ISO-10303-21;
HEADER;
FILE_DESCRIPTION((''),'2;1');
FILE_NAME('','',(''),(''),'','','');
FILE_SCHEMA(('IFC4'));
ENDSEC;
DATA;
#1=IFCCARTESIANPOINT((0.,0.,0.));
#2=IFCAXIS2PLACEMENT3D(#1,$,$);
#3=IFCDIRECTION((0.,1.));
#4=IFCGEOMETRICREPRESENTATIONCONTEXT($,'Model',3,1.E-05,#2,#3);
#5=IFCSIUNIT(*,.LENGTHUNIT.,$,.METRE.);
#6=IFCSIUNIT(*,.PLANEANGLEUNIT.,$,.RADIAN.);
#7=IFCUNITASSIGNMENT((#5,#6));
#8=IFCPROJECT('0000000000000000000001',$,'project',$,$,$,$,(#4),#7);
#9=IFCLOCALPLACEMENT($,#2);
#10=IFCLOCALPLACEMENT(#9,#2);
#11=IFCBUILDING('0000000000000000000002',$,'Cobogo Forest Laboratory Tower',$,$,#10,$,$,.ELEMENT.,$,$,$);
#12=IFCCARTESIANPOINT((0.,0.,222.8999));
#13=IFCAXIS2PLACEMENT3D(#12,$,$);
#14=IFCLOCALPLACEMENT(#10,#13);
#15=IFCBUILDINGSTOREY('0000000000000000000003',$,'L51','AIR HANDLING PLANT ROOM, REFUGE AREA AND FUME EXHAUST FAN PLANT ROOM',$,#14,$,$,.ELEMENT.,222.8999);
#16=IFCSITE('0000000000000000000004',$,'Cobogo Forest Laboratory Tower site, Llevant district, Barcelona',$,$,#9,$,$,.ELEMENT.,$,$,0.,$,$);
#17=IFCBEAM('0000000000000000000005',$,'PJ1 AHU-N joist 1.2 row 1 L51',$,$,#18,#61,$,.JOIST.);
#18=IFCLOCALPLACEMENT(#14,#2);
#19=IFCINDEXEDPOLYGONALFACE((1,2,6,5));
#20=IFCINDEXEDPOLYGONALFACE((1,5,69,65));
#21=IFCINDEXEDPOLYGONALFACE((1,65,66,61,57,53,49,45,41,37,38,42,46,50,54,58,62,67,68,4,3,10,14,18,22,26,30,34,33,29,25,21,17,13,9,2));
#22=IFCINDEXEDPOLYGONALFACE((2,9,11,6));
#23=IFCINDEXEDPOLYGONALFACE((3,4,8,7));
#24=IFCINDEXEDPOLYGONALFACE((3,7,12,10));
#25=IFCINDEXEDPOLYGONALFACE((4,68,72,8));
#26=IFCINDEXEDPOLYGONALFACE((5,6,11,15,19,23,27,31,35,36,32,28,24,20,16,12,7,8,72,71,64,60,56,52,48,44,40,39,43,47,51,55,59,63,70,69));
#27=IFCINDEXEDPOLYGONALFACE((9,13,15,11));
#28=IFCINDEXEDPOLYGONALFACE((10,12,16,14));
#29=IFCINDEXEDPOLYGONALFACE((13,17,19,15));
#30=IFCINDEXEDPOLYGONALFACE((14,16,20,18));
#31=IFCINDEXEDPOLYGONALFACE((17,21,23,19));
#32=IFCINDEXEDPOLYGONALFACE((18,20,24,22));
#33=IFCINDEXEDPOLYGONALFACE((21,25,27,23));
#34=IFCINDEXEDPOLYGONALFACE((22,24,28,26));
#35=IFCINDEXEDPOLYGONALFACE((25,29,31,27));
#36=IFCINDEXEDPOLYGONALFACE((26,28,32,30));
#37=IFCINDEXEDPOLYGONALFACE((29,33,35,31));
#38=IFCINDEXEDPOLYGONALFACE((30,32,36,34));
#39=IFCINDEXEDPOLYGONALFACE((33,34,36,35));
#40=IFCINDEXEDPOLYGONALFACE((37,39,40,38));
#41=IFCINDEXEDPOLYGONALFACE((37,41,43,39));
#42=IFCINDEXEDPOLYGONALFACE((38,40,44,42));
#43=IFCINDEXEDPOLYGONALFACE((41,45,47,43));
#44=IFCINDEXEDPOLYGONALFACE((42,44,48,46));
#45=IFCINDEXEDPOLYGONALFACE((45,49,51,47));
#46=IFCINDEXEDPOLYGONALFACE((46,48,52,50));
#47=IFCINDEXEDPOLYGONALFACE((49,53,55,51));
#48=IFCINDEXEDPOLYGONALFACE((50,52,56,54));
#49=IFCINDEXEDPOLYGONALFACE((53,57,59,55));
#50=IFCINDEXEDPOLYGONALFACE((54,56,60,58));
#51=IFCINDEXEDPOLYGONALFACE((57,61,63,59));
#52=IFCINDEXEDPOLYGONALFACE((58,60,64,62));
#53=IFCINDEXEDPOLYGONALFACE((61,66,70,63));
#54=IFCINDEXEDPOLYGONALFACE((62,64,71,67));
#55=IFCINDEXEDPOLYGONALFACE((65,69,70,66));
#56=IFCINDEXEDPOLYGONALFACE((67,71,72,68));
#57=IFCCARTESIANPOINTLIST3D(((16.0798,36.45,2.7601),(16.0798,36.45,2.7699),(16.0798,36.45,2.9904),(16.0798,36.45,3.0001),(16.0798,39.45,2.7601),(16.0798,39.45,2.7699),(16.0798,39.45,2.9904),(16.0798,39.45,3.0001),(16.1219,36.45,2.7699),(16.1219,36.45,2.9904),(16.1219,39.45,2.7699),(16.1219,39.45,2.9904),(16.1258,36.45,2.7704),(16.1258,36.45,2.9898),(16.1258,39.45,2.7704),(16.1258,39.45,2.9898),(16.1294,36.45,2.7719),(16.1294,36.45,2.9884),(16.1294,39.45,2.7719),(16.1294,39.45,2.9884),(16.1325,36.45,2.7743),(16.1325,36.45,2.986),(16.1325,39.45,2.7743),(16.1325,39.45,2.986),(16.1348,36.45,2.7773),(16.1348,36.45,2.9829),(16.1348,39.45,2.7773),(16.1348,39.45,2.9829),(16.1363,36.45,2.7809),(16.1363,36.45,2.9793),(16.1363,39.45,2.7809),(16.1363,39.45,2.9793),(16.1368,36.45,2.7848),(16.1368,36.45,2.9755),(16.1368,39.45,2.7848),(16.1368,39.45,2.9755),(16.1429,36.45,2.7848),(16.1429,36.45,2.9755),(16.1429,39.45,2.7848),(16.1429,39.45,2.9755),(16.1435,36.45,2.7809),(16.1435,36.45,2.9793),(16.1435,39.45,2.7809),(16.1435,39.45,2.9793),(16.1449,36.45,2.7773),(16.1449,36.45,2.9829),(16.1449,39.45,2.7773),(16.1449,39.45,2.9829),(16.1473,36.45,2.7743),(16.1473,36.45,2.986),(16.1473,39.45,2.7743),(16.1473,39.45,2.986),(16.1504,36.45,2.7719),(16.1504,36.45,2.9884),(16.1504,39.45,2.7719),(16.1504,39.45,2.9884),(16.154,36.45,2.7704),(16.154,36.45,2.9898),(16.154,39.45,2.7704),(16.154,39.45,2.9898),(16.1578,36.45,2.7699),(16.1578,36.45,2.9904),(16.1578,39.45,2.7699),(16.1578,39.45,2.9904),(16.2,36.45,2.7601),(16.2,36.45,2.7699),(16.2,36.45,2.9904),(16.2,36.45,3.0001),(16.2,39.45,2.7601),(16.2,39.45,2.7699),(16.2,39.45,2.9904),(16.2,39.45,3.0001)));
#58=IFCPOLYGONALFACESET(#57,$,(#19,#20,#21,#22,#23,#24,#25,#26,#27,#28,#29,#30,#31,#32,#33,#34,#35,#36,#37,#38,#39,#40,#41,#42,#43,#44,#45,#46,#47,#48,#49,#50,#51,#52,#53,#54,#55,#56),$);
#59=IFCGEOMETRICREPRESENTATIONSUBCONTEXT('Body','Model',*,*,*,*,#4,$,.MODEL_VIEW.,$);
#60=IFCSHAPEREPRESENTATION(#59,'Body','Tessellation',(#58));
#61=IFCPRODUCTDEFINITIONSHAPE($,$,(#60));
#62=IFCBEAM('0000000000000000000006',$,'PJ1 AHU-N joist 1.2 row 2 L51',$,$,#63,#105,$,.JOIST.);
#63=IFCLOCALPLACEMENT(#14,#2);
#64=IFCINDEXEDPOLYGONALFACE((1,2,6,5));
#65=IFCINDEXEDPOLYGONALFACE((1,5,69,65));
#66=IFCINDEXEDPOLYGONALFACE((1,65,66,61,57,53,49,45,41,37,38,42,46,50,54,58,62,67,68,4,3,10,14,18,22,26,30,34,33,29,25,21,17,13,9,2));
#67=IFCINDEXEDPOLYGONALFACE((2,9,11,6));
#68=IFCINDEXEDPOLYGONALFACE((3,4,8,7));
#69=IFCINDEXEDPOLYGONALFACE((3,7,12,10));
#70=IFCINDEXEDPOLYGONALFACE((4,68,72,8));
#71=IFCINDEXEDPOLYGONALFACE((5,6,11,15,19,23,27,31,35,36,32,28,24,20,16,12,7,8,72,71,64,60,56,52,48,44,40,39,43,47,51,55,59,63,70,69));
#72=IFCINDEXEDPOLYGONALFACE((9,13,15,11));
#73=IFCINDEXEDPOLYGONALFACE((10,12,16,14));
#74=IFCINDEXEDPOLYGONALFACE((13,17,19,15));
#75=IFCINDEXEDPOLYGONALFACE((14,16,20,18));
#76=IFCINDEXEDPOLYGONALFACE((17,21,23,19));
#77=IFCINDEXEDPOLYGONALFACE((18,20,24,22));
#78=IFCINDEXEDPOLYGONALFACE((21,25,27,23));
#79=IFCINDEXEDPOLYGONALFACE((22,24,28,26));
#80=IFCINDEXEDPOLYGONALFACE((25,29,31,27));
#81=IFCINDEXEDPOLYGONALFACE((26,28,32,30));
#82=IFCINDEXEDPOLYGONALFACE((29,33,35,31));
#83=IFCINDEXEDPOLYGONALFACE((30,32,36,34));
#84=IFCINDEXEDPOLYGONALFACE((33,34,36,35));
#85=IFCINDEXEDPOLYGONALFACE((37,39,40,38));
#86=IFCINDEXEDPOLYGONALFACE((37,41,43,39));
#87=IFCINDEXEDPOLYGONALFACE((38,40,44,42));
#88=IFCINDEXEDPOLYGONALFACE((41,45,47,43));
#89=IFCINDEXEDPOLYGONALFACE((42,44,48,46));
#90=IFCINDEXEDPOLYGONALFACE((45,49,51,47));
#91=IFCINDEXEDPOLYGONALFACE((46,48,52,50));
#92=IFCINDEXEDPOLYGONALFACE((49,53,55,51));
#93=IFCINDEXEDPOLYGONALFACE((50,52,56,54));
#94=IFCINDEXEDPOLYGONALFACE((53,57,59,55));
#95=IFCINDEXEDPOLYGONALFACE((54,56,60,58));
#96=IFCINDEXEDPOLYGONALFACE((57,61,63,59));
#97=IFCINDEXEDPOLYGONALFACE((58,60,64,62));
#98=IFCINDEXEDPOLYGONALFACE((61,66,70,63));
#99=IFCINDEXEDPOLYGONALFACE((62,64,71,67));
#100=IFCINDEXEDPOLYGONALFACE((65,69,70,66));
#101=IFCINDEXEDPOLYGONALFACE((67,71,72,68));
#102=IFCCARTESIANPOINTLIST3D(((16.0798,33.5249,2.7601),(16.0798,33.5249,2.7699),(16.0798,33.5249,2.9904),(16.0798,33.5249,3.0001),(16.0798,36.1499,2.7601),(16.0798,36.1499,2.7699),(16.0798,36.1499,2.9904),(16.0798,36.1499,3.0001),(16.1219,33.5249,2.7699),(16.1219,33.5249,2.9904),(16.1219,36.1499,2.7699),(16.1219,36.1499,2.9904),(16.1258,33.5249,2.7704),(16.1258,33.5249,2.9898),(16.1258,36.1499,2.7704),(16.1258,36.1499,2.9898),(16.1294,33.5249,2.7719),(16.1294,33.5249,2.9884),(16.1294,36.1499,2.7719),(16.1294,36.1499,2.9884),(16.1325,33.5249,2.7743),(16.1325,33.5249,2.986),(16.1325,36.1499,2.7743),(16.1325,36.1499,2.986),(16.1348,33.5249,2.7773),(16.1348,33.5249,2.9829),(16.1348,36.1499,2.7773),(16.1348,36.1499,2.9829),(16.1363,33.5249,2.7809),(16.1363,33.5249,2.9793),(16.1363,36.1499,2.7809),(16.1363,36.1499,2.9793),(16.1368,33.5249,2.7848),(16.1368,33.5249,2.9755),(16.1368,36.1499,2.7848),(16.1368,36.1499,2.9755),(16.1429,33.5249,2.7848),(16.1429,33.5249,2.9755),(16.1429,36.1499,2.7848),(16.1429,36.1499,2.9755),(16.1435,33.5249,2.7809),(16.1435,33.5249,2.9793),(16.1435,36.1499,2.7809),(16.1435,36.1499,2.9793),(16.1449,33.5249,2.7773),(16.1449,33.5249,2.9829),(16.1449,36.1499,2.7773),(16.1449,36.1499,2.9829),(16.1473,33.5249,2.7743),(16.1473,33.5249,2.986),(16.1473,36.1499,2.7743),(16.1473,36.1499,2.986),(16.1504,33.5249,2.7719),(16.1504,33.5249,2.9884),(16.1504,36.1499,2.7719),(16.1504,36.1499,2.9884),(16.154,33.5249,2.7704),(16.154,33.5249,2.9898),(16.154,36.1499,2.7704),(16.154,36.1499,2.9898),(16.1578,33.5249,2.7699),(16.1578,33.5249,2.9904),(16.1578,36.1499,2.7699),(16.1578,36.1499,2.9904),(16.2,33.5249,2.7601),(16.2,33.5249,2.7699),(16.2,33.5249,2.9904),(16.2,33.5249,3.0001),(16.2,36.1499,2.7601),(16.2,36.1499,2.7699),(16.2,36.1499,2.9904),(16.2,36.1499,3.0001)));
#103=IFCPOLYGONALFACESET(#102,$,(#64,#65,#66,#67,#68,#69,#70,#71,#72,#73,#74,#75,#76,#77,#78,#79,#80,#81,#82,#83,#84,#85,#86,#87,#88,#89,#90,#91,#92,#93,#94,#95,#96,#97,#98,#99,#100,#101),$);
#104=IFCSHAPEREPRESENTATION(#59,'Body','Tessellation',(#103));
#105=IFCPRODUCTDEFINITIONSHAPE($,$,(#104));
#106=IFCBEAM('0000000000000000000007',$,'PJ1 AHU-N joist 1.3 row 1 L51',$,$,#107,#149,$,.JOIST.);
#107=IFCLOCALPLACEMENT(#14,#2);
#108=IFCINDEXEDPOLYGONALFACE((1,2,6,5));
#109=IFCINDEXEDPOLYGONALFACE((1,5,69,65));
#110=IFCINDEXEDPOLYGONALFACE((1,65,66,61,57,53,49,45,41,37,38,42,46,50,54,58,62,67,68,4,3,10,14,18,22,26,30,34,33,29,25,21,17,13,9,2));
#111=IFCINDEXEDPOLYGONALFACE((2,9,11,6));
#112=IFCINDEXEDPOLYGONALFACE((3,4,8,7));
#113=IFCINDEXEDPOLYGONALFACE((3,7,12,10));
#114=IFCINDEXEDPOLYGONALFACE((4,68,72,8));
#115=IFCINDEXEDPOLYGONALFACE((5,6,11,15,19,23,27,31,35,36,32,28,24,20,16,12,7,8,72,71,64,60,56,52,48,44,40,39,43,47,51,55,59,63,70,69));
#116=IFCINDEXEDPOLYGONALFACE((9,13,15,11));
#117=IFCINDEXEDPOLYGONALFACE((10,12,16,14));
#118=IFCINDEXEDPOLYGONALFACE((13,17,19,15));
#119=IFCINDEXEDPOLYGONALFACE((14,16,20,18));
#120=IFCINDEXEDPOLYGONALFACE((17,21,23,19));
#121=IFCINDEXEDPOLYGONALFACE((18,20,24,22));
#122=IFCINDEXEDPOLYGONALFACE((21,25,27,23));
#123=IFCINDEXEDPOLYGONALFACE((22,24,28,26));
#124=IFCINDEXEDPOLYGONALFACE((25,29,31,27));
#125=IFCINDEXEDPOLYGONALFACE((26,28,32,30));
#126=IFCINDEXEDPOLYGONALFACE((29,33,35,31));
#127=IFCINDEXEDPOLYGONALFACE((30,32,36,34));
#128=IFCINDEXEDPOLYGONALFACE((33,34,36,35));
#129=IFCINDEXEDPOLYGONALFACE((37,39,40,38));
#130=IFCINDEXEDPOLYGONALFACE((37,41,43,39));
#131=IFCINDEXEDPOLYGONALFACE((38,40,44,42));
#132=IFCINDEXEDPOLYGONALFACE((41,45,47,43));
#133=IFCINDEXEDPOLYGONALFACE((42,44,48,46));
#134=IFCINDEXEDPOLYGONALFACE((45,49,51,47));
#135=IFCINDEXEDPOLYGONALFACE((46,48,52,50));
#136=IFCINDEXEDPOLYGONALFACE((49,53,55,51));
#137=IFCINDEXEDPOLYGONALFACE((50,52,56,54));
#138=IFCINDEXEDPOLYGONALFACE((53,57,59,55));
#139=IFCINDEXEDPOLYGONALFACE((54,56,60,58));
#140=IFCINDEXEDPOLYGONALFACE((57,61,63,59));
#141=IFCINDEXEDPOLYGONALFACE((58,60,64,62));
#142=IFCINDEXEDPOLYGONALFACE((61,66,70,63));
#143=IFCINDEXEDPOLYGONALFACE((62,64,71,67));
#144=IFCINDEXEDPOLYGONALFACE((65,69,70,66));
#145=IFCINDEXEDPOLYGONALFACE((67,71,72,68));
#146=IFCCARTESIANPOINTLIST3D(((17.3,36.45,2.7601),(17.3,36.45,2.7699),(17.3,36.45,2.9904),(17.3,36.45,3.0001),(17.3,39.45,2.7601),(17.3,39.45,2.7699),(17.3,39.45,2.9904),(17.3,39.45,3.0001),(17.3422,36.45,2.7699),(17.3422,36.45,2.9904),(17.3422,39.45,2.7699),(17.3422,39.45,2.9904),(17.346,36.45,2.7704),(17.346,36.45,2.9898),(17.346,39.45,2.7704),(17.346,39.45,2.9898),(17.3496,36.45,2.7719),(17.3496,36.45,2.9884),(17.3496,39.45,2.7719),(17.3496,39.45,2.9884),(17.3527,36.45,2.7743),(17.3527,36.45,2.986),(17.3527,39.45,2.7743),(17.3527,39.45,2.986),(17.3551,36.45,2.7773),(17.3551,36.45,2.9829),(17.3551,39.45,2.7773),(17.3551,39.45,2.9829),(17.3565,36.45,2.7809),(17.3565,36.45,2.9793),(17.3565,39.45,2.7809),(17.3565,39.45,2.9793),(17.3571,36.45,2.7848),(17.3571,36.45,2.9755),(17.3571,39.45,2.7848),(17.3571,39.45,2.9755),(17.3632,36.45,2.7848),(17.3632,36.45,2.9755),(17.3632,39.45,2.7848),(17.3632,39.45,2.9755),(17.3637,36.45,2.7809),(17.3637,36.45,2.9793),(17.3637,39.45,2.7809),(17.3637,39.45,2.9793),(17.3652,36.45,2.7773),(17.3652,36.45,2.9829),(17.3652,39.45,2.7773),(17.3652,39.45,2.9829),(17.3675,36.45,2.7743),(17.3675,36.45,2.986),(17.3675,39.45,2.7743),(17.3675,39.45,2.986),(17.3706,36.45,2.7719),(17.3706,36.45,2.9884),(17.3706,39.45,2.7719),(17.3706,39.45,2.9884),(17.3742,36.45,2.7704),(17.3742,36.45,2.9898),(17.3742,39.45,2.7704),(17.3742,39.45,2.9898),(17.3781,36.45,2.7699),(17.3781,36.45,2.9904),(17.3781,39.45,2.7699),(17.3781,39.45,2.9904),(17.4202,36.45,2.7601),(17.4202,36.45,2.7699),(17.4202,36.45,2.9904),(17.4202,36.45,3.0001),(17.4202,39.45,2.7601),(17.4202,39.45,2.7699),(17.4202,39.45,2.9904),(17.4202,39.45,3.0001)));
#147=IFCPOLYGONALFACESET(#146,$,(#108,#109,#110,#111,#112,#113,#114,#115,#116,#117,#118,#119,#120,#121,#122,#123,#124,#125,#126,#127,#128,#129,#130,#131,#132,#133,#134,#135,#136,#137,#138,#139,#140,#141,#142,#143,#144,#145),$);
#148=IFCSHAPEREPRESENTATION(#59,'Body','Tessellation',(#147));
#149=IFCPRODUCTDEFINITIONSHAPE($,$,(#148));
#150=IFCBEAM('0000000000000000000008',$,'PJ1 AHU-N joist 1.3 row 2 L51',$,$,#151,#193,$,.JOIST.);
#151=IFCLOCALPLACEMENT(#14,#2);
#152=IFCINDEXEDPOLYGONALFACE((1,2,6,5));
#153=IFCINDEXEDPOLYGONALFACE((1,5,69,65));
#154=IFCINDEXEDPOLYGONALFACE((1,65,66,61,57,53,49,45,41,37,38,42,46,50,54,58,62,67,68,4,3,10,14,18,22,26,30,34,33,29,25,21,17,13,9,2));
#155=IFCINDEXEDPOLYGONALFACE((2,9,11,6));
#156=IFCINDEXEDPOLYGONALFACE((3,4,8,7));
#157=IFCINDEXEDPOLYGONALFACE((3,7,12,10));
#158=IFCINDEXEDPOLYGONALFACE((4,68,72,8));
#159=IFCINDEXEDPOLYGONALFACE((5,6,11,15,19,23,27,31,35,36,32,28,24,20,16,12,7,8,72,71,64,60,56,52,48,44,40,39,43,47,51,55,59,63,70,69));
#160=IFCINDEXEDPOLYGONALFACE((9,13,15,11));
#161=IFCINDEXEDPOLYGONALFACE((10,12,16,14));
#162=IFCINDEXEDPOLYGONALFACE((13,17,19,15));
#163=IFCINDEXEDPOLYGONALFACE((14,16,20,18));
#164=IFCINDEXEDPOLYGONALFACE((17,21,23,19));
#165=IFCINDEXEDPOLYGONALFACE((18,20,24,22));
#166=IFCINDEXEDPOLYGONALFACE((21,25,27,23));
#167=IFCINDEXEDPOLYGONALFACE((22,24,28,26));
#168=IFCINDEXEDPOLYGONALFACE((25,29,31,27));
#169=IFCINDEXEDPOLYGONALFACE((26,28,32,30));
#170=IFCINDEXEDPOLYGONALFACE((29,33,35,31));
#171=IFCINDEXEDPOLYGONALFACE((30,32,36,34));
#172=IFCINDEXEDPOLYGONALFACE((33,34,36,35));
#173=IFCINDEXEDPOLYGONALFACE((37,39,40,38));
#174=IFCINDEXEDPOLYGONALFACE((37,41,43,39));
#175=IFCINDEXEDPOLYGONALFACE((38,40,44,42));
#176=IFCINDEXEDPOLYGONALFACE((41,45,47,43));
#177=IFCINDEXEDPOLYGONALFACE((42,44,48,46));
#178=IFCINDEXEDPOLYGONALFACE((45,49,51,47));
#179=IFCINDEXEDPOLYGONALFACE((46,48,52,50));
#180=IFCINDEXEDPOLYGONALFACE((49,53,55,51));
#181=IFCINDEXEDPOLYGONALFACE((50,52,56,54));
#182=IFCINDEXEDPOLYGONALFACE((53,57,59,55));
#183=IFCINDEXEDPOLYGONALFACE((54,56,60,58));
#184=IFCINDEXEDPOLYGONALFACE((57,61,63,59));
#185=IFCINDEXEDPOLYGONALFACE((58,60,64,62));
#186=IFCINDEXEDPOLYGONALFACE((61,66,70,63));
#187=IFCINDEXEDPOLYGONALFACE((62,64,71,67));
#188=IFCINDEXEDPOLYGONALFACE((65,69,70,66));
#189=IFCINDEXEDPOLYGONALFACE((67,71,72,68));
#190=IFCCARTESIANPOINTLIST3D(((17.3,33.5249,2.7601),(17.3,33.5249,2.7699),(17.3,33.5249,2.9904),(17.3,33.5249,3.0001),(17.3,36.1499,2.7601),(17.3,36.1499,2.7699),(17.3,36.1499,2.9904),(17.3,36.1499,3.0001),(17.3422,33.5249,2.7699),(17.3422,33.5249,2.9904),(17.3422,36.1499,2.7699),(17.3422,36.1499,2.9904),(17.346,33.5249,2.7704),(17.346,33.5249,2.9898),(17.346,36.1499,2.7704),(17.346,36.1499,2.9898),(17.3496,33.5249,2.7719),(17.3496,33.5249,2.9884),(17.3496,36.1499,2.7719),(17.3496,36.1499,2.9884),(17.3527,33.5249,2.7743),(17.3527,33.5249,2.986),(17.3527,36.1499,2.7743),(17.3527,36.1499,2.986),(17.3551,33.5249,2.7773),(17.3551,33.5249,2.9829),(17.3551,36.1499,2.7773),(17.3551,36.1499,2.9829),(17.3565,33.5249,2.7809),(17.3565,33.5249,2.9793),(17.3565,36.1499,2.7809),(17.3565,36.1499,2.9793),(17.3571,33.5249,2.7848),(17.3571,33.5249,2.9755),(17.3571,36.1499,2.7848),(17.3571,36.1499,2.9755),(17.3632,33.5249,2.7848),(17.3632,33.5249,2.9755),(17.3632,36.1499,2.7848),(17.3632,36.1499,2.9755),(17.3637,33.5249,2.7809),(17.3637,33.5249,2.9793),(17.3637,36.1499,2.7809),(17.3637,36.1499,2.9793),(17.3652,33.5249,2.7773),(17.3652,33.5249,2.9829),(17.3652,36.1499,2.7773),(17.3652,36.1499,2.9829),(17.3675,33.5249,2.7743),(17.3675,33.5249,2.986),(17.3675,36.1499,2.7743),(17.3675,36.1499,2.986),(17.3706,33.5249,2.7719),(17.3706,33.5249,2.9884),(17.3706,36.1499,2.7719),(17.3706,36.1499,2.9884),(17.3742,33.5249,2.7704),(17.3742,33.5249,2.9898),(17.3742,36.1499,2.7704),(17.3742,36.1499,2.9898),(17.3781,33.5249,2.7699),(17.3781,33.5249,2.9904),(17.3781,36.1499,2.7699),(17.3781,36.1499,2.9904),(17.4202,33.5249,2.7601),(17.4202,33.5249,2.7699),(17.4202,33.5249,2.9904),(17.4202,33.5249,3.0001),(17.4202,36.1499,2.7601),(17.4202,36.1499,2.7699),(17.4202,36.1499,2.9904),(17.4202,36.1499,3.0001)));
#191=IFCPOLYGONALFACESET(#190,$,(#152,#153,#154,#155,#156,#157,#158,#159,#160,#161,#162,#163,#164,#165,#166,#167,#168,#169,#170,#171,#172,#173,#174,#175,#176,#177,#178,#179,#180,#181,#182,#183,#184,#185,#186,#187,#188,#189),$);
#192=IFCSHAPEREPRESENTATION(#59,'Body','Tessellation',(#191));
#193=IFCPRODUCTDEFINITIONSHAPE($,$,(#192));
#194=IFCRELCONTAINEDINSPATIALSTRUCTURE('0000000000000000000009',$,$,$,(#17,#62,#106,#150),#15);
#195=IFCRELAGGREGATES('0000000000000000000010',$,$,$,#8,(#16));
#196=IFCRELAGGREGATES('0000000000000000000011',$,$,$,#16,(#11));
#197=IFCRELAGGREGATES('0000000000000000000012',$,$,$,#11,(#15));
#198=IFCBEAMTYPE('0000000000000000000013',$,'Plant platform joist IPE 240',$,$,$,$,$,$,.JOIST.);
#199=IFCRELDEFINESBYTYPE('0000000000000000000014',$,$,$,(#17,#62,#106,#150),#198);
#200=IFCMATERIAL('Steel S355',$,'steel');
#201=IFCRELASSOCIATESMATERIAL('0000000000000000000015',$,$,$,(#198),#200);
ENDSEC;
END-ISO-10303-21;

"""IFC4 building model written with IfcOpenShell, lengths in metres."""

from ifc_helpers import new_model, si_unit, direction, frame, origin, origin_2d, place, context, subcontext, project, spatial, i_section, extrude, material, material_profile, profile_set, type_object, element, save


model = new_model("IFC4")

# Units and contexts
model_context = context("Model", 3, precision=1e-05, world=origin(), true_north=direction((0.0, 1.0)))
body_context = subcontext(model_context, "Body", "Model", "MODEL_VIEW")
ifc_project = project(units=[si_unit("LENGTHUNIT", "METRE"), si_unit("PLANEANGLEUNIT", "RADIAN")], contexts=[model_context])

# Site, building, storey
site_placement = place(None, origin())
site = spatial("IfcSite", under=ifc_project, at=site_placement, Name="Cobogo Forest Laboratory Tower site, Llevant district, Barcelona", CompositionType="ELEMENT", RefElevation=0.0)
building_placement = place(site_placement, origin())
building = spatial("IfcBuilding", under=site, at=building_placement, Name="Cobogo Forest Laboratory Tower", CompositionType="ELEMENT")
storey_placement = place(building_placement, frame((0.0, 0.0, 222.8999)))
storey = spatial("IfcBuildingStorey", under=building, at=storey_placement, Name="L51", Description="AIR HANDLING PLANT ROOM, REFUGE AREA AND FUME EXHAUST FAN PLANT ROOM", CompositionType="ELEMENT", Elevation=222.8999)

# Beams
ifc_material_1 = material(Name="Steel S355", Category="steel")
ifc_material_profile_1 = material_profile(ifc_material_1, i_section(OverallWidth=0.1201, OverallDepth=0.24, WebThickness=0.0061, FlangeThickness=0.0098, FilletRadius=0.0149, at=origin_2d()), Name="IPE 240")
ifc_profile_set_1 = profile_set([ifc_material_profile_1], Name="Steel S355")
beam_type_1 = type_object("IfcBeamType", Name="Plant platform joist IPE 240", PredefinedType="JOIST", material=ifc_profile_set_1)
beam_1_placement = place(storey_placement, frame((16.1399, 39.45, 2.8801), z_axis=(0.0, -1.0, 0.0), x_axis=(1.0, 0.0, 0.0)))
element("IfcBeam", 1, at=beam_1_placement, inside=storey, type_object=beam_type_1, Name="PJ1 AHU-N joist 1.2 row 1 L51", PredefinedType="JOIST", context=body_context, shape_type="SweptSolid", body=[
    extrude(i_section(OverallWidth=0.1201, OverallDepth=0.24, WebThickness=0.0061, FlangeThickness=0.0098, FilletRadius=0.0149, at=origin_2d()), origin(), (0.0, 0.0, 1.0), 3.0),
])
beam_2_placement = place(storey_placement, frame((16.1399, 36.1499, 2.8801), z_axis=(0.0, -1.0, 0.0), x_axis=(1.0, 0.0, 0.0)))
element("IfcBeam", 2, at=beam_2_placement, inside=storey, type_object=beam_type_1, Name="PJ1 AHU-N joist 1.2 row 2 L51", PredefinedType="JOIST", context=body_context, shape_type="SweptSolid", body=[
    extrude(i_section(OverallWidth=0.1201, OverallDepth=0.24, WebThickness=0.0061, FlangeThickness=0.0098, FilletRadius=0.0149, at=origin_2d()), origin(), (0.0, 0.0, 1.0), 2.625),
])
beam_3_placement = place(storey_placement, frame((17.3601, 39.45, 2.8801), z_axis=(0.0, -1.0, 0.0), x_axis=(1.0, 0.0, 0.0)))
element("IfcBeam", 3, at=beam_3_placement, inside=storey, type_object=beam_type_1, Name="PJ1 AHU-N joist 1.3 row 1 L51", PredefinedType="JOIST", context=body_context, shape_type="SweptSolid", body=[
    extrude(i_section(OverallWidth=0.1201, OverallDepth=0.24, WebThickness=0.0061, FlangeThickness=0.0098, FilletRadius=0.0149, at=origin_2d()), origin(), (0.0, 0.0, 1.0), 3.0),
])
beam_4_placement = place(storey_placement, frame((17.3601, 36.1499, 2.8801), z_axis=(0.0, -1.0, 0.0), x_axis=(1.0, 0.0, 0.0)))
element("IfcBeam", 4, at=beam_4_placement, inside=storey, type_object=beam_type_1, Name="PJ1 AHU-N joist 1.3 row 2 L51", PredefinedType="JOIST", context=body_context, shape_type="SweptSolid", body=[
    extrude(i_section(OverallWidth=0.1201, OverallDepth=0.24, WebThickness=0.0061, FlangeThickness=0.0098, FilletRadius=0.0149, at=origin_2d()), origin(), (0.0, 0.0, 1.0), 2.625),
])

save(model, "model.ifc")
